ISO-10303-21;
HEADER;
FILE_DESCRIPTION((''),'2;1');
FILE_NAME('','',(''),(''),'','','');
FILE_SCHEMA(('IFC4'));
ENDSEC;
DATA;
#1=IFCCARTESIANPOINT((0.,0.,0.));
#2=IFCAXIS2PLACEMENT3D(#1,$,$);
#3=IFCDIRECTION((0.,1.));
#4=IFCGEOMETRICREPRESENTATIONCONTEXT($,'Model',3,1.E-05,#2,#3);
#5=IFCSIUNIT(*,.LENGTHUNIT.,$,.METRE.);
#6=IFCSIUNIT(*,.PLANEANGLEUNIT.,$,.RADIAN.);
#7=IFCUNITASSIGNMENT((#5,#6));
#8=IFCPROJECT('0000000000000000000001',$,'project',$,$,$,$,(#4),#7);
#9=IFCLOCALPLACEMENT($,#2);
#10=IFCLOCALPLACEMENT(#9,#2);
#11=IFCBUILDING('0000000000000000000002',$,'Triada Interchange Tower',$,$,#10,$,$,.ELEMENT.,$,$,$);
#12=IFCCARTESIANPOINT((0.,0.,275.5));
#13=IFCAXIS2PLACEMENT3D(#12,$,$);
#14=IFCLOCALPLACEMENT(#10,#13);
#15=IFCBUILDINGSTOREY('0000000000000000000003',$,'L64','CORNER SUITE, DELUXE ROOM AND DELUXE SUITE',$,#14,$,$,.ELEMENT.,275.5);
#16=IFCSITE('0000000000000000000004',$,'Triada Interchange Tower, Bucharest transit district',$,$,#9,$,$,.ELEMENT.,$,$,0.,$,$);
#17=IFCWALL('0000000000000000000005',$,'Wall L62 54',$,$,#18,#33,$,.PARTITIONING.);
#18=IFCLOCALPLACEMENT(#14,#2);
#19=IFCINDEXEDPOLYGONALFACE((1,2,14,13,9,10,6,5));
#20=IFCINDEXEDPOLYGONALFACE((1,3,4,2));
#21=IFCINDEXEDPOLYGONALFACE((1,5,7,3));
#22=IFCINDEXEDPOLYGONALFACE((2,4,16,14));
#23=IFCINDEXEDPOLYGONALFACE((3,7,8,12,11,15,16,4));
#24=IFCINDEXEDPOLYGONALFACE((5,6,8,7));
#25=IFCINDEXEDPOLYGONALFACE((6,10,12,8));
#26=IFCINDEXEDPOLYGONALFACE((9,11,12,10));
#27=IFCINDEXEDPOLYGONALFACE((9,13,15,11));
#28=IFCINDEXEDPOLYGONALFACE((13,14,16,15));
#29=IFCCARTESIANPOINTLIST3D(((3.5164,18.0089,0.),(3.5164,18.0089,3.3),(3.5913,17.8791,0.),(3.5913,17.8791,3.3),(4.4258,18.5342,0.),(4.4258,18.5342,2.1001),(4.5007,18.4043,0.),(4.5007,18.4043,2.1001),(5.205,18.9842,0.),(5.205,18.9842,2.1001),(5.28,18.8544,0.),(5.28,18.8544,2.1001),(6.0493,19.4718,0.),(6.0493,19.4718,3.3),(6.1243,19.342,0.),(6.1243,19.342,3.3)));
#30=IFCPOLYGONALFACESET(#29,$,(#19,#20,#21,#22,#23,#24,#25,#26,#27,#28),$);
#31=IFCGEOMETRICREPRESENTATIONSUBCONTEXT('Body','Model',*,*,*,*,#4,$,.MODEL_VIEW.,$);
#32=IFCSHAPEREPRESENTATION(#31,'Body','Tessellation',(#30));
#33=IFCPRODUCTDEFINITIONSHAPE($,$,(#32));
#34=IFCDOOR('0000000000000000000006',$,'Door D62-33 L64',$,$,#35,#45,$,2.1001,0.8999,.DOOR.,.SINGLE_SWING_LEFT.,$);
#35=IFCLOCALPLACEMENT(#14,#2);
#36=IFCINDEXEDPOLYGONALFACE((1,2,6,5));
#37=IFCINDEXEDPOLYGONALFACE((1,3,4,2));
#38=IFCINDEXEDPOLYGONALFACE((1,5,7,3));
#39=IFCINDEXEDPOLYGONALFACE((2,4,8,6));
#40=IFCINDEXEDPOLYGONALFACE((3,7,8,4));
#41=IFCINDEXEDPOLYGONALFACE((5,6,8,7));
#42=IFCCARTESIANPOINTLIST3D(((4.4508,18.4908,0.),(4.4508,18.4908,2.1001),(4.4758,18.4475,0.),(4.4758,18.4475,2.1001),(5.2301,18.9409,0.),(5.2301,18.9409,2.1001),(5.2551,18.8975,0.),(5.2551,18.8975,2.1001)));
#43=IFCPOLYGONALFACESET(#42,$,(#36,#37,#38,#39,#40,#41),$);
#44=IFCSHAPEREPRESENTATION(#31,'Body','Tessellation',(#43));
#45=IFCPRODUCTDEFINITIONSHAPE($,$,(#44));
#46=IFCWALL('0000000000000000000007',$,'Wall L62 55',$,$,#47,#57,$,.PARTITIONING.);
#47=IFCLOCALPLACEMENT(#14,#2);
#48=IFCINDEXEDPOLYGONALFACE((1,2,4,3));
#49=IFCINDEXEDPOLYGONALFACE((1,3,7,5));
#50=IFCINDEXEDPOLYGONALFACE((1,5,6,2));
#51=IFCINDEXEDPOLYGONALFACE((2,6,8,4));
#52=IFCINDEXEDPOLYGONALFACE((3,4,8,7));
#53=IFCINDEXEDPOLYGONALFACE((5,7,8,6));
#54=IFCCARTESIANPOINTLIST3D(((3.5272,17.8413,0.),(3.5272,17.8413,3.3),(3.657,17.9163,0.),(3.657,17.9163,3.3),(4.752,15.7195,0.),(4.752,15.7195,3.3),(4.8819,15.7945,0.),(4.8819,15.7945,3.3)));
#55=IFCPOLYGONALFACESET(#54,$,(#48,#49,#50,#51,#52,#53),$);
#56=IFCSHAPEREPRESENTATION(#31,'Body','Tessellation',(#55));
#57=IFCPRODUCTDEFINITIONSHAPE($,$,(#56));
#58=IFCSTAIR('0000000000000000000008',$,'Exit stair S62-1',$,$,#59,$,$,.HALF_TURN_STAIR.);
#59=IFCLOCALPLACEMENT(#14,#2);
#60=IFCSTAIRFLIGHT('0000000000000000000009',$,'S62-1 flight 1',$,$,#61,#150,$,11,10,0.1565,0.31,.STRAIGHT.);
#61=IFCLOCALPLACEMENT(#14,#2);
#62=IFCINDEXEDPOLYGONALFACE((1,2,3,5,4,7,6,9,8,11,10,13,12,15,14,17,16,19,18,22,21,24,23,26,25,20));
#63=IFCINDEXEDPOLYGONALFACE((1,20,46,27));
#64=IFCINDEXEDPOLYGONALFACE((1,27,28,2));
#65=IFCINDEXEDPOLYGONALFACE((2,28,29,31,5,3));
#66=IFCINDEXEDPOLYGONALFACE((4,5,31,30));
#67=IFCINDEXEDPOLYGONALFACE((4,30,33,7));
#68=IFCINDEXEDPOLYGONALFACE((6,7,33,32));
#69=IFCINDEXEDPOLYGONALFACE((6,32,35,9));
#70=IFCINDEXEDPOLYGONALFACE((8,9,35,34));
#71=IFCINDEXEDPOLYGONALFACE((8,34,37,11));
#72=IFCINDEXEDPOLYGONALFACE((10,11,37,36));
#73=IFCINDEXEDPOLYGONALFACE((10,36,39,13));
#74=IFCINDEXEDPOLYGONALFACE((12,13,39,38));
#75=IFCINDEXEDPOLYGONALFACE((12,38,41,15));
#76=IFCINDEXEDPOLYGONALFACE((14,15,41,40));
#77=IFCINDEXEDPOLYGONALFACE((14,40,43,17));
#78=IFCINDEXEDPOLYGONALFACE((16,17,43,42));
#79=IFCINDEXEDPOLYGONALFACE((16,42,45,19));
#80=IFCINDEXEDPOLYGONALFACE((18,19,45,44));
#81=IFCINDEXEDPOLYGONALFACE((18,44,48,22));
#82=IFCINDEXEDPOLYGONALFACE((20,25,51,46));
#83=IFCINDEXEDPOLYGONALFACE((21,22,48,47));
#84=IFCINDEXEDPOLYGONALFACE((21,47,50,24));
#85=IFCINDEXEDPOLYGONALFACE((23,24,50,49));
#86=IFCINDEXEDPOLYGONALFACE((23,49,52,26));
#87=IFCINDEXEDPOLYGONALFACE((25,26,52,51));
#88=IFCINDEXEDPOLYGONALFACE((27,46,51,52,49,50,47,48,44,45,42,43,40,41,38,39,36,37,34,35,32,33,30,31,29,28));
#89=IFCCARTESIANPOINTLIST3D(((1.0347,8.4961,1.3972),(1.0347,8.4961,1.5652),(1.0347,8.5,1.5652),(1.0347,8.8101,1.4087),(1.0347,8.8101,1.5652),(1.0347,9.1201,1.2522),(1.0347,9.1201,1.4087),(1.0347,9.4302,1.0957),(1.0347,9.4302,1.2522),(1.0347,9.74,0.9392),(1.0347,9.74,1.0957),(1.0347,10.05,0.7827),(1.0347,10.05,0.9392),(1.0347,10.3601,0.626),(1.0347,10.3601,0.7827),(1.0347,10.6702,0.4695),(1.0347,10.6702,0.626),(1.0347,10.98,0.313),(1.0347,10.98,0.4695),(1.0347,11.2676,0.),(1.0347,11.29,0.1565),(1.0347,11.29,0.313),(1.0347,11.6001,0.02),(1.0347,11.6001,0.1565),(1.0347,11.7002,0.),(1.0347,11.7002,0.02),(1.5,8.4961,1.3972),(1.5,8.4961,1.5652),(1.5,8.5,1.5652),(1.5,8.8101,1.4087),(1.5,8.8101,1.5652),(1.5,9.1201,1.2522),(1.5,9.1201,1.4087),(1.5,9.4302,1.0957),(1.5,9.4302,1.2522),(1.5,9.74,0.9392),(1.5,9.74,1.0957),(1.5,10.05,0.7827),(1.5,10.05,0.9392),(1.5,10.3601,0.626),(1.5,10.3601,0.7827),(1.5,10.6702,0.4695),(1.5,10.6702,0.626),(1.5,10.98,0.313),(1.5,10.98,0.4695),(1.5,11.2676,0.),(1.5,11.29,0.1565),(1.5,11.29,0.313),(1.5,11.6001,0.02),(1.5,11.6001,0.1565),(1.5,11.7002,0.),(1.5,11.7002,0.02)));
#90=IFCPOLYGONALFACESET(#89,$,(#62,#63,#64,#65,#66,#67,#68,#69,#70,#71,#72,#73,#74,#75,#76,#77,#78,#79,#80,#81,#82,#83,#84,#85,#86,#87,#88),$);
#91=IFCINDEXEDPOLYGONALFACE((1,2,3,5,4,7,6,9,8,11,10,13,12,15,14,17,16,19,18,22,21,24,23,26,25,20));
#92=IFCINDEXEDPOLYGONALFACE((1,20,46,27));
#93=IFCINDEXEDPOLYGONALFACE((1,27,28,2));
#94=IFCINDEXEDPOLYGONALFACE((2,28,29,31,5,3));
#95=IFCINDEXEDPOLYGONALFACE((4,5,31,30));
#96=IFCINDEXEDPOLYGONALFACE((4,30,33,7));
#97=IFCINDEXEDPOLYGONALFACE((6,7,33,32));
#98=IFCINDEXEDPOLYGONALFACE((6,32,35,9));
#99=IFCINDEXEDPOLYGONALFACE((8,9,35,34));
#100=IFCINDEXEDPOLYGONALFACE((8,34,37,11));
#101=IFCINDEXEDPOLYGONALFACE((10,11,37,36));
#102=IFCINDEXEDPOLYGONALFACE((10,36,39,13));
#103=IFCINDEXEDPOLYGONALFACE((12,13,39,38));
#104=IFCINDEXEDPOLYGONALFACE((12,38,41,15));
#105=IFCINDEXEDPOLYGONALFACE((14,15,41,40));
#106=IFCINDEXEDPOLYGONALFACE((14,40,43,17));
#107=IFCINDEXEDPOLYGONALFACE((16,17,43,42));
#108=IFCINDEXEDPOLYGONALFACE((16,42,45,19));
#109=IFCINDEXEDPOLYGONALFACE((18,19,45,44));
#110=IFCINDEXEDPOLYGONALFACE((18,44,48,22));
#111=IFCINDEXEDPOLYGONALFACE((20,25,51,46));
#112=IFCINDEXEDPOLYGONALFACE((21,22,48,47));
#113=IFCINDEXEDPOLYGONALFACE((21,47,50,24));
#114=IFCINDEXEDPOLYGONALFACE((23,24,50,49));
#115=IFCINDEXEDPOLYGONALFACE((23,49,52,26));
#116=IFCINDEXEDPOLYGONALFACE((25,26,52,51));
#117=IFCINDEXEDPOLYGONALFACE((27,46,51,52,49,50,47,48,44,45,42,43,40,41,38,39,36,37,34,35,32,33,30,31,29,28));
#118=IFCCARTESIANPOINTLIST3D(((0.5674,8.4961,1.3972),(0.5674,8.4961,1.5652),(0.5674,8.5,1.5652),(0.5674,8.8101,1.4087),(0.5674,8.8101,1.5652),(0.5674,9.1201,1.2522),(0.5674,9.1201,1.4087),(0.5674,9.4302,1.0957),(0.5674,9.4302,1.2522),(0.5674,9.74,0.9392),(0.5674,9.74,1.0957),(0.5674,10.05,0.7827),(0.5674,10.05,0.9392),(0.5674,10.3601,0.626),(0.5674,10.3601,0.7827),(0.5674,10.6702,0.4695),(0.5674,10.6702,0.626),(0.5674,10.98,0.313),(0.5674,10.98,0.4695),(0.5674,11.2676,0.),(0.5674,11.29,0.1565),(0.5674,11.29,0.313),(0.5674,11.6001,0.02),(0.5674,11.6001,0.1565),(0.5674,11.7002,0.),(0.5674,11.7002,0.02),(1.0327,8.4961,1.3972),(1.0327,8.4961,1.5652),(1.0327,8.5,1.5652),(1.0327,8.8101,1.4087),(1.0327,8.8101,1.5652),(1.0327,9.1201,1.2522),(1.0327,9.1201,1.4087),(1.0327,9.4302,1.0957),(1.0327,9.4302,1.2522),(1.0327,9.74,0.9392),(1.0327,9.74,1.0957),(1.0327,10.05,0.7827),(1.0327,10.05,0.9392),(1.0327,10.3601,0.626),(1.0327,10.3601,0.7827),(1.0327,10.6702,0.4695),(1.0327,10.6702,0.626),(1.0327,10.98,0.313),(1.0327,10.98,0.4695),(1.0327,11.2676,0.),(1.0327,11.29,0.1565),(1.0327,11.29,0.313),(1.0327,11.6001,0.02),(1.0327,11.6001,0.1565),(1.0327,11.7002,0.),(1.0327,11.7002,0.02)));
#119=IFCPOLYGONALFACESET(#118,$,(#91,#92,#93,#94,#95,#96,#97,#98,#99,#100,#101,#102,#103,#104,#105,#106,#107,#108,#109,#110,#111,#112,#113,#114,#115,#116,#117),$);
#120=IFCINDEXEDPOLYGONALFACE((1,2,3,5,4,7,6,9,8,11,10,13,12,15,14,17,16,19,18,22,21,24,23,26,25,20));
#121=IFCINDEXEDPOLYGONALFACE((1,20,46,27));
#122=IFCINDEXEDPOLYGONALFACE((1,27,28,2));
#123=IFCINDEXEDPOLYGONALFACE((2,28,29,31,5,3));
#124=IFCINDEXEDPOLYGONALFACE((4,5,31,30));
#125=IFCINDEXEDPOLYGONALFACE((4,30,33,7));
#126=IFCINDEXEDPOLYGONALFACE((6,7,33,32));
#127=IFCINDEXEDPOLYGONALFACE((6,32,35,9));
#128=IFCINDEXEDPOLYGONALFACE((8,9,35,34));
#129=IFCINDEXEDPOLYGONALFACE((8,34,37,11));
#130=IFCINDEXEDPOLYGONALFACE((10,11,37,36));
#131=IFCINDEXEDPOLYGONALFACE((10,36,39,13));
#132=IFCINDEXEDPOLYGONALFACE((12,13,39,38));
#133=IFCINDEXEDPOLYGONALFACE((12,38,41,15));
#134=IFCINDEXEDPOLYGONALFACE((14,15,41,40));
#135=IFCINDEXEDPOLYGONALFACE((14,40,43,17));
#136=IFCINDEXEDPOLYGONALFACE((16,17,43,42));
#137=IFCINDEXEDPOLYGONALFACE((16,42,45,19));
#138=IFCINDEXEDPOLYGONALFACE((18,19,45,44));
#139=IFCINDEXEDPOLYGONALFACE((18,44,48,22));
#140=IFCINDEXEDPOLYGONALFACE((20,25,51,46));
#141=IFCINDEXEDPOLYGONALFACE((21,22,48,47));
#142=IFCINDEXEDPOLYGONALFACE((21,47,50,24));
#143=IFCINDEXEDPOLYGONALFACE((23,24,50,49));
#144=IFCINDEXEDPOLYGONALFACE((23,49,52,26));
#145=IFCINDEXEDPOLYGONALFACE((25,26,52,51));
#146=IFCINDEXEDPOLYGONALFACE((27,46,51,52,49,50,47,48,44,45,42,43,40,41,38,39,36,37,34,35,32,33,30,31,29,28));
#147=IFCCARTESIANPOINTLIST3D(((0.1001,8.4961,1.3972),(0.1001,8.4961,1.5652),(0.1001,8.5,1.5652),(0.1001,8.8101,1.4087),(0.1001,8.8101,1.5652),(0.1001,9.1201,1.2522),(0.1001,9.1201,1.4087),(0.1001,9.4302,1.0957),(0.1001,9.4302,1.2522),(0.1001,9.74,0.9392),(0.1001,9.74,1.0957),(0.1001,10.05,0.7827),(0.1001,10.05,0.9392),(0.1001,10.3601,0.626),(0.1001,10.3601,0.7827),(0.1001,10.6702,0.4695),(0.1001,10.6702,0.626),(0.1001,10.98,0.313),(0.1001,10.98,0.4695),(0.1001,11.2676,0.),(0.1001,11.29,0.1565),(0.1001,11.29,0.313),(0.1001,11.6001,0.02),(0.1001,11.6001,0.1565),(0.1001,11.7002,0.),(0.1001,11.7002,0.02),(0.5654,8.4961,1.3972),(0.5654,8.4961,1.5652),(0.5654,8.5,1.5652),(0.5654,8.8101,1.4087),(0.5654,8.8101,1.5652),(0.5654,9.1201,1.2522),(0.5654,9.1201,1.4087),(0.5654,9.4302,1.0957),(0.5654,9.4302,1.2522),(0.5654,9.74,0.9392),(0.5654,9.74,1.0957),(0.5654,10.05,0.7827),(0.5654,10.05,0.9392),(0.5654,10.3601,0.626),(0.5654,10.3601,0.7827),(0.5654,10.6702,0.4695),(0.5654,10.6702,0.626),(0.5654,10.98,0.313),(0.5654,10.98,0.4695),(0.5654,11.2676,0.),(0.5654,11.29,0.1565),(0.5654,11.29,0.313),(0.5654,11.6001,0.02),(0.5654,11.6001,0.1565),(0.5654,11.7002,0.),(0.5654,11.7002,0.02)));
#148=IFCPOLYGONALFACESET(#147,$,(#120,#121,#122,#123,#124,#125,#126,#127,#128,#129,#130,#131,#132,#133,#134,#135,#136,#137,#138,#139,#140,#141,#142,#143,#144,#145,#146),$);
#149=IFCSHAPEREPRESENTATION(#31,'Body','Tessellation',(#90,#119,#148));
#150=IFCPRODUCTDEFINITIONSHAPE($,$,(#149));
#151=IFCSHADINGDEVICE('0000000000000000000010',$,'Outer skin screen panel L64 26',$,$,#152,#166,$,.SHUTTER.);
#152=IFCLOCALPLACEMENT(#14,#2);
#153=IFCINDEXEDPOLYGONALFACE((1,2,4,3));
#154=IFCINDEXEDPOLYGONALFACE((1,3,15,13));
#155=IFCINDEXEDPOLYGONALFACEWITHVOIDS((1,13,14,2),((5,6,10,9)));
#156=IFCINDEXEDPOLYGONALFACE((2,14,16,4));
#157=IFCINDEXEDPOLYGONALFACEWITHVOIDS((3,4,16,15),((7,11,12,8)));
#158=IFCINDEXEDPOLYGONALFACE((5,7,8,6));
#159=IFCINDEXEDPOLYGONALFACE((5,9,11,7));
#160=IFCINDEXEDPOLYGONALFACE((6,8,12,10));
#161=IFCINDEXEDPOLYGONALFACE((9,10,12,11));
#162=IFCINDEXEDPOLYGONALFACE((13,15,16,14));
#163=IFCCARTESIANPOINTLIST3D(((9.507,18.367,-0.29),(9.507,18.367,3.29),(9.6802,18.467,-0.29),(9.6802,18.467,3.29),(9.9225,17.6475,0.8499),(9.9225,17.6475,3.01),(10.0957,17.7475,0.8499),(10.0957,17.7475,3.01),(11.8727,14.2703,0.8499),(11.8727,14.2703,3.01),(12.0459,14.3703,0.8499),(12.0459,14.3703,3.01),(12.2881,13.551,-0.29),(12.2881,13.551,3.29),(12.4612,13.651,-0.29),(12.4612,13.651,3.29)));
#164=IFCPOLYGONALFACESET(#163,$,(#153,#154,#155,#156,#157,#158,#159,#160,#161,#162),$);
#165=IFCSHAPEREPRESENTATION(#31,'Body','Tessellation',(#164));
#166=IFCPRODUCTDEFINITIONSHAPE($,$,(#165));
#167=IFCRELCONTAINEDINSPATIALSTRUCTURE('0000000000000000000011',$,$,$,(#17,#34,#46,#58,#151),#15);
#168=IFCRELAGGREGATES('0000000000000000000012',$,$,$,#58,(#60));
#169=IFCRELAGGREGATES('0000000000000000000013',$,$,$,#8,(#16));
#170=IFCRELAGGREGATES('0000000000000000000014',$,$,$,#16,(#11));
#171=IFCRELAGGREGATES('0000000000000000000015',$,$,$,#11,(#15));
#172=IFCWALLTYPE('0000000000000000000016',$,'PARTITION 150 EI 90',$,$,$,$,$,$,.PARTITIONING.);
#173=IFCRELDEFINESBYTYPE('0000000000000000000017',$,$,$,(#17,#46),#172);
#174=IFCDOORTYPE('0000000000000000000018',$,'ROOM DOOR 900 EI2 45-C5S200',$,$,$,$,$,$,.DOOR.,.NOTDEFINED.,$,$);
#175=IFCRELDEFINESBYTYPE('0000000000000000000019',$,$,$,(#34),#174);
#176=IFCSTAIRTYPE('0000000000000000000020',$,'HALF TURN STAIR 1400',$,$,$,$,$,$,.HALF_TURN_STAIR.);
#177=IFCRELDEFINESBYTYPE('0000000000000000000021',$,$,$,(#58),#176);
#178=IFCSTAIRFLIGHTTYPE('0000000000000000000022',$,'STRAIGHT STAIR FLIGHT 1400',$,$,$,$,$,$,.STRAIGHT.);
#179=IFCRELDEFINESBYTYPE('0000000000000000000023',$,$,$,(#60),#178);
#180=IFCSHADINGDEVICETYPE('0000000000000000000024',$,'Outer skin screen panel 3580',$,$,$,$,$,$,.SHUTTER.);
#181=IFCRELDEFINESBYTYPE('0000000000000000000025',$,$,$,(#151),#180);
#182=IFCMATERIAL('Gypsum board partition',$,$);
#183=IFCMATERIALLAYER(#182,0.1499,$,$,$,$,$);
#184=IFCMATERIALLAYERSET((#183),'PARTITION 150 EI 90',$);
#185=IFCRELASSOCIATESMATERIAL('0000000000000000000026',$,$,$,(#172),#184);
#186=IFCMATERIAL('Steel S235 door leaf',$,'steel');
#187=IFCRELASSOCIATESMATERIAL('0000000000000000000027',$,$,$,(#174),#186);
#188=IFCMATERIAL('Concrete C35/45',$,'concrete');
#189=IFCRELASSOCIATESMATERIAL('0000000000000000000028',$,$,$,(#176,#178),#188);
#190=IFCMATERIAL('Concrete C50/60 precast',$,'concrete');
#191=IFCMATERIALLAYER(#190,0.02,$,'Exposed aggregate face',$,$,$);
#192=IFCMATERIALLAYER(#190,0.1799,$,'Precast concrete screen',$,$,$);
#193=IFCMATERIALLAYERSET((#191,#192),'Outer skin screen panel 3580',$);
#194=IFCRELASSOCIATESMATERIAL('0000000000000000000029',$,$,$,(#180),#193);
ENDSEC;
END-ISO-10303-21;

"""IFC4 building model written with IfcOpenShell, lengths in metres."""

from ifc_helpers import new_model, si_unit, direction, frame, frame_2d, origin, place, context, subcontext, project, spatial, polyline, rectangle, outline, extrude, material, layer, layer_set, type_object, element, fill, aggregate, save


model = new_model("IFC4")

# Units and contexts
model_context = context("Model", 3, precision=1e-05, world=origin(), true_north=direction((0.0, 1.0)))
body_context = subcontext(model_context, "Body", "Model", "MODEL_VIEW")
ifc_project = project(units=[si_unit("LENGTHUNIT", "METRE"), si_unit("PLANEANGLEUNIT", "RADIAN")], contexts=[model_context])

# Site, building, storey
site_placement = place(None, origin())
site = spatial("IfcSite", under=ifc_project, at=site_placement, Name="Triada Interchange Tower, Bucharest transit district", CompositionType="ELEMENT", RefElevation=0.0)
building_placement = place(site_placement, origin())
building = spatial("IfcBuilding", under=site, at=building_placement, Name="Triada Interchange Tower", CompositionType="ELEMENT")
storey_placement = place(building_placement, frame((0.0, 0.0, 275.5)))
storey = spatial("IfcBuildingStorey", under=building, at=storey_placement, Name="L64", Description="CORNER SUITE, DELUXE ROOM AND DELUXE SUITE", CompositionType="ELEMENT", Elevation=275.5)

# Shared definitions
ifc_material_1 = material(Name="Steel S235 door leaf", Category="steel")

# Shared definitions
ifc_material_2 = material(Name="Gypsum board partition")

# Wall, opening, door
ifc_layer_1 = layer(ifc_material_2, 0.1499)
ifc_layer_set_1 = layer_set([ifc_layer_1], Name="PARTITION 150 EI 90")
wall_type_1 = type_object("IfcWallType", Name="PARTITION 150 EI 90", PredefinedType="PARTITIONING", material=ifc_layer_set_1)
wall_1_placement = place(storey_placement, frame((3.554, 17.9441, 0.0), z_axis=(0.0, 0.0, 1.0), x_axis=(0.865953, 0.500125, 0.0)))
wall_1 = element("IfcWall", 1, at=wall_1_placement, inside=storey, type_object=wall_type_1, Name="Wall L62 54", PredefinedType="PARTITIONING", context=body_context, shape_type="SweptSolid", body=[
    extrude(rectangle(XDim=2.925, YDim=0.1499, at=frame_2d((1.4624, 0.0))), origin(), (0.0, 0.0, 1.0), 3.3),
])
opening_1_placement = place(wall_1_placement, frame((1.05, 0.0, 0.0)))
opening_1 = element("IfcOpeningElement", 2, at=opening_1_placement, cuts=wall_1, PredefinedType="OPENING", context=body_context, shape_type="SweptSolid", body=[
    extrude(rectangle(XDim=0.8999, YDim=2.1001, at=frame_2d((0.45, 1.05))), frame((0.0, 0.085, 0.0), z_axis=(0.0, -1.0, 0.0), x_axis=(1.0, 0.0, 0.0)), (0.0, 0.0, 1.0), 0.1699),
])
door_type_1 = type_object("IfcDoorType", Name="ROOM DOOR 900 EI2 45-C5S200", OperationType="NOTDEFINED", PredefinedType="DOOR", material=ifc_material_1)
door_1_placement = place(opening_1_placement, origin())
door_1 = element("IfcDoor", 3, at=door_1_placement, inside=storey, type_object=door_type_1, Name="Door D62-33 L64", OperationType="SINGLE_SWING_LEFT", OverallHeight=2.1001, OverallWidth=0.8999, PredefinedType="DOOR", context=body_context, shape_type="SweptSolid", body=[
    extrude(rectangle(XDim=0.8999, YDim=2.1001, at=frame_2d((0.45, 1.05))), frame((0.0, 0.0249, 0.0), z_axis=(0.0, -1.0, 0.0), x_axis=(1.0, 0.0, 0.0)), (0.0, 0.0, 1.0), 0.05),
])
fill(opening_1, door_1)

# Wall
wall_2_placement = place(storey_placement, frame((3.592, 17.8789, 0.0), z_axis=(0.0, 0.0, 1.0), x_axis=(0.499944, -0.866058, 0.0)))
element("IfcWall", 4, at=wall_2_placement, inside=storey, type_object=wall_type_1, Name="Wall L62 55", PredefinedType="PARTITIONING", context=body_context, shape_type="SweptSolid", body=[
    extrude(rectangle(XDim=2.45, YDim=0.1499, at=frame_2d((1.2251, 0.0))), origin(), (0.0, 0.0, 1.0), 3.3),
])

# Stair, stair flight
ifc_material_3 = material(Name="Concrete C35/45", Category="concrete")
stair_type = type_object("IfcStairType", Name="HALF TURN STAIR 1400", PredefinedType="HALF_TURN_STAIR", material=ifc_material_3)
stair_placement = place(storey_placement, origin())
stair = element("IfcStair", 5, at=stair_placement, inside=storey, type_object=stair_type, Name="Exit stair S62-1", PredefinedType="HALF_TURN_STAIR")
stair_flight_type = type_object("IfcStairFlightType", Name="STRAIGHT STAIR FLIGHT 1400", PredefinedType="STRAIGHT", material=ifc_material_3)
stair_flight_placement = place(storey_placement, frame((0.8, 11.6001, 0.0), z_axis=(0.0, 0.0, 1.0), x_axis=(0.0, -1.0, 0.0)))
stair_flight = element("IfcStairFlight", 6, at=stair_flight_placement, type_object=stair_flight_type, Name="S62-1 flight 1", NumberOfRisers=11, NumberOfTreads=10, PredefinedType="STRAIGHT", RiserHeight=0.1565, TreadLength=0.31, context=body_context, shape_type="SweptSolid", body=[
    extrude(outline(polyline([(-0.1001, 0.0), (-0.1001, 0.02), (0.0, 0.02), (0.0, 0.1565), (0.3101, 0.1565), (0.3101, 0.313), (0.6201, 0.313), (0.6201, 0.4695), (0.9299, 0.4695), (0.9299, 0.626), (1.24, 0.626), (1.24, 0.7827), (1.55, 0.7827), (1.55, 0.9392), (1.8601, 0.9392), (1.8601, 1.0957), (2.1699, 1.0957), (2.1699, 1.2522), (2.48, 1.2522), (2.48, 1.4087), (2.79, 1.4087), (2.79, 1.5652), (3.1001, 1.5652), (3.104, 1.5652), (3.104, 1.7217), (3.104, 1.3972), (0.3325, 0.0), (-0.1001, 0.0)])), frame((0.0, 0.7, 0.0), z_axis=(0.0, -1.0, 0.0), x_axis=(1.0, 0.0, 0.0)), (0.0, 0.0, 1.0), 0.4653),
    extrude(outline(polyline([(-0.1001, 0.0), (-0.1001, 0.02), (0.0, 0.02), (0.0, 0.1565), (0.3101, 0.1565), (0.3101, 0.313), (0.6201, 0.313), (0.6201, 0.4695), (0.9299, 0.4695), (0.9299, 0.626), (1.24, 0.626), (1.24, 0.7827), (1.55, 0.7827), (1.55, 0.9392), (1.8601, 0.9392), (1.8601, 1.0957), (2.1699, 1.0957), (2.1699, 1.2522), (2.48, 1.2522), (2.48, 1.4087), (2.79, 1.4087), (2.79, 1.5652), (3.1001, 1.5652), (3.104, 1.5652), (3.104, 1.7217), (3.104, 1.3972), (0.3325, 0.0), (-0.1001, 0.0)])), frame((0.0, 0.2327, 0.0), z_axis=(0.0, -1.0, 0.0), x_axis=(1.0, 0.0, 0.0)), (0.0, 0.0, 1.0), 0.4653),
    extrude(outline(polyline([(-0.1001, 0.0), (-0.1001, 0.02), (0.0, 0.02), (0.0, 0.1565), (0.3101, 0.1565), (0.3101, 0.313), (0.6201, 0.313), (0.6201, 0.4695), (0.9299, 0.4695), (0.9299, 0.626), (1.24, 0.626), (1.24, 0.7827), (1.55, 0.7827), (1.55, 0.9392), (1.8601, 0.9392), (1.8601, 1.0957), (2.1699, 1.0957), (2.1699, 1.2522), (2.48, 1.2522), (2.48, 1.4087), (2.79, 1.4087), (2.79, 1.5652), (3.1001, 1.5652), (3.104, 1.5652), (3.104, 1.7217), (3.104, 1.3972), (0.3325, 0.0), (-0.1001, 0.0)])), frame((0.0, -0.2346, 0.0), z_axis=(0.0, -1.0, 0.0), x_axis=(1.0, 0.0, 0.0)), (0.0, 0.0, 1.0), 0.4653),
])

# Shading device
ifc_material_4 = material(Name="Concrete C50/60 precast", Category="concrete")
ifc_layer_2 = layer(ifc_material_4, 0.02, Name="Exposed aggregate face")
ifc_layer_3 = layer(ifc_material_4, 0.1799, Name="Precast concrete screen")
ifc_layer_set_2 = layer_set([ifc_layer_2, ifc_layer_3], Name="Outer skin screen panel 3580")
shading_device_type = type_object("IfcShadingDeviceType", Name="Outer skin screen panel 3580", PredefinedType="SHUTTER", material=ifc_layer_set_2)
shading_device_placement = place(storey_placement, frame((12.2881, 13.551, -0.29), z_axis=(0.0, 0.0, 1.0), x_axis=(-0.500072, 0.865984, 0.0)))
element("IfcShadingDevice", 7, at=shading_device_placement, inside=storey, type_object=shading_device_type, Name="Outer skin screen panel L64 26", PredefinedType="SHUTTER", context=body_context, shape_type="SweptSolid", body=[
    extrude(outline(polyline([(0.0, 0.0), (5.5613, 0.0), (5.5613, 3.5801), (0.0, 3.5801), (0.0, 0.0)]), holes=[polyline([(0.8306, 1.1399), (0.8306, 3.3), (4.7305, 3.3), (4.7305, 1.1399), (0.8306, 1.1399)])]), frame((0.0, 0.0, 0.0), z_axis=(0.0, -1.0, 0.0), x_axis=(1.0, 0.0, 0.0)), (0.0, 0.0, 1.0), 0.2),
])

aggregate(stair, [stair_flight])

save(model, "model.ifc")
